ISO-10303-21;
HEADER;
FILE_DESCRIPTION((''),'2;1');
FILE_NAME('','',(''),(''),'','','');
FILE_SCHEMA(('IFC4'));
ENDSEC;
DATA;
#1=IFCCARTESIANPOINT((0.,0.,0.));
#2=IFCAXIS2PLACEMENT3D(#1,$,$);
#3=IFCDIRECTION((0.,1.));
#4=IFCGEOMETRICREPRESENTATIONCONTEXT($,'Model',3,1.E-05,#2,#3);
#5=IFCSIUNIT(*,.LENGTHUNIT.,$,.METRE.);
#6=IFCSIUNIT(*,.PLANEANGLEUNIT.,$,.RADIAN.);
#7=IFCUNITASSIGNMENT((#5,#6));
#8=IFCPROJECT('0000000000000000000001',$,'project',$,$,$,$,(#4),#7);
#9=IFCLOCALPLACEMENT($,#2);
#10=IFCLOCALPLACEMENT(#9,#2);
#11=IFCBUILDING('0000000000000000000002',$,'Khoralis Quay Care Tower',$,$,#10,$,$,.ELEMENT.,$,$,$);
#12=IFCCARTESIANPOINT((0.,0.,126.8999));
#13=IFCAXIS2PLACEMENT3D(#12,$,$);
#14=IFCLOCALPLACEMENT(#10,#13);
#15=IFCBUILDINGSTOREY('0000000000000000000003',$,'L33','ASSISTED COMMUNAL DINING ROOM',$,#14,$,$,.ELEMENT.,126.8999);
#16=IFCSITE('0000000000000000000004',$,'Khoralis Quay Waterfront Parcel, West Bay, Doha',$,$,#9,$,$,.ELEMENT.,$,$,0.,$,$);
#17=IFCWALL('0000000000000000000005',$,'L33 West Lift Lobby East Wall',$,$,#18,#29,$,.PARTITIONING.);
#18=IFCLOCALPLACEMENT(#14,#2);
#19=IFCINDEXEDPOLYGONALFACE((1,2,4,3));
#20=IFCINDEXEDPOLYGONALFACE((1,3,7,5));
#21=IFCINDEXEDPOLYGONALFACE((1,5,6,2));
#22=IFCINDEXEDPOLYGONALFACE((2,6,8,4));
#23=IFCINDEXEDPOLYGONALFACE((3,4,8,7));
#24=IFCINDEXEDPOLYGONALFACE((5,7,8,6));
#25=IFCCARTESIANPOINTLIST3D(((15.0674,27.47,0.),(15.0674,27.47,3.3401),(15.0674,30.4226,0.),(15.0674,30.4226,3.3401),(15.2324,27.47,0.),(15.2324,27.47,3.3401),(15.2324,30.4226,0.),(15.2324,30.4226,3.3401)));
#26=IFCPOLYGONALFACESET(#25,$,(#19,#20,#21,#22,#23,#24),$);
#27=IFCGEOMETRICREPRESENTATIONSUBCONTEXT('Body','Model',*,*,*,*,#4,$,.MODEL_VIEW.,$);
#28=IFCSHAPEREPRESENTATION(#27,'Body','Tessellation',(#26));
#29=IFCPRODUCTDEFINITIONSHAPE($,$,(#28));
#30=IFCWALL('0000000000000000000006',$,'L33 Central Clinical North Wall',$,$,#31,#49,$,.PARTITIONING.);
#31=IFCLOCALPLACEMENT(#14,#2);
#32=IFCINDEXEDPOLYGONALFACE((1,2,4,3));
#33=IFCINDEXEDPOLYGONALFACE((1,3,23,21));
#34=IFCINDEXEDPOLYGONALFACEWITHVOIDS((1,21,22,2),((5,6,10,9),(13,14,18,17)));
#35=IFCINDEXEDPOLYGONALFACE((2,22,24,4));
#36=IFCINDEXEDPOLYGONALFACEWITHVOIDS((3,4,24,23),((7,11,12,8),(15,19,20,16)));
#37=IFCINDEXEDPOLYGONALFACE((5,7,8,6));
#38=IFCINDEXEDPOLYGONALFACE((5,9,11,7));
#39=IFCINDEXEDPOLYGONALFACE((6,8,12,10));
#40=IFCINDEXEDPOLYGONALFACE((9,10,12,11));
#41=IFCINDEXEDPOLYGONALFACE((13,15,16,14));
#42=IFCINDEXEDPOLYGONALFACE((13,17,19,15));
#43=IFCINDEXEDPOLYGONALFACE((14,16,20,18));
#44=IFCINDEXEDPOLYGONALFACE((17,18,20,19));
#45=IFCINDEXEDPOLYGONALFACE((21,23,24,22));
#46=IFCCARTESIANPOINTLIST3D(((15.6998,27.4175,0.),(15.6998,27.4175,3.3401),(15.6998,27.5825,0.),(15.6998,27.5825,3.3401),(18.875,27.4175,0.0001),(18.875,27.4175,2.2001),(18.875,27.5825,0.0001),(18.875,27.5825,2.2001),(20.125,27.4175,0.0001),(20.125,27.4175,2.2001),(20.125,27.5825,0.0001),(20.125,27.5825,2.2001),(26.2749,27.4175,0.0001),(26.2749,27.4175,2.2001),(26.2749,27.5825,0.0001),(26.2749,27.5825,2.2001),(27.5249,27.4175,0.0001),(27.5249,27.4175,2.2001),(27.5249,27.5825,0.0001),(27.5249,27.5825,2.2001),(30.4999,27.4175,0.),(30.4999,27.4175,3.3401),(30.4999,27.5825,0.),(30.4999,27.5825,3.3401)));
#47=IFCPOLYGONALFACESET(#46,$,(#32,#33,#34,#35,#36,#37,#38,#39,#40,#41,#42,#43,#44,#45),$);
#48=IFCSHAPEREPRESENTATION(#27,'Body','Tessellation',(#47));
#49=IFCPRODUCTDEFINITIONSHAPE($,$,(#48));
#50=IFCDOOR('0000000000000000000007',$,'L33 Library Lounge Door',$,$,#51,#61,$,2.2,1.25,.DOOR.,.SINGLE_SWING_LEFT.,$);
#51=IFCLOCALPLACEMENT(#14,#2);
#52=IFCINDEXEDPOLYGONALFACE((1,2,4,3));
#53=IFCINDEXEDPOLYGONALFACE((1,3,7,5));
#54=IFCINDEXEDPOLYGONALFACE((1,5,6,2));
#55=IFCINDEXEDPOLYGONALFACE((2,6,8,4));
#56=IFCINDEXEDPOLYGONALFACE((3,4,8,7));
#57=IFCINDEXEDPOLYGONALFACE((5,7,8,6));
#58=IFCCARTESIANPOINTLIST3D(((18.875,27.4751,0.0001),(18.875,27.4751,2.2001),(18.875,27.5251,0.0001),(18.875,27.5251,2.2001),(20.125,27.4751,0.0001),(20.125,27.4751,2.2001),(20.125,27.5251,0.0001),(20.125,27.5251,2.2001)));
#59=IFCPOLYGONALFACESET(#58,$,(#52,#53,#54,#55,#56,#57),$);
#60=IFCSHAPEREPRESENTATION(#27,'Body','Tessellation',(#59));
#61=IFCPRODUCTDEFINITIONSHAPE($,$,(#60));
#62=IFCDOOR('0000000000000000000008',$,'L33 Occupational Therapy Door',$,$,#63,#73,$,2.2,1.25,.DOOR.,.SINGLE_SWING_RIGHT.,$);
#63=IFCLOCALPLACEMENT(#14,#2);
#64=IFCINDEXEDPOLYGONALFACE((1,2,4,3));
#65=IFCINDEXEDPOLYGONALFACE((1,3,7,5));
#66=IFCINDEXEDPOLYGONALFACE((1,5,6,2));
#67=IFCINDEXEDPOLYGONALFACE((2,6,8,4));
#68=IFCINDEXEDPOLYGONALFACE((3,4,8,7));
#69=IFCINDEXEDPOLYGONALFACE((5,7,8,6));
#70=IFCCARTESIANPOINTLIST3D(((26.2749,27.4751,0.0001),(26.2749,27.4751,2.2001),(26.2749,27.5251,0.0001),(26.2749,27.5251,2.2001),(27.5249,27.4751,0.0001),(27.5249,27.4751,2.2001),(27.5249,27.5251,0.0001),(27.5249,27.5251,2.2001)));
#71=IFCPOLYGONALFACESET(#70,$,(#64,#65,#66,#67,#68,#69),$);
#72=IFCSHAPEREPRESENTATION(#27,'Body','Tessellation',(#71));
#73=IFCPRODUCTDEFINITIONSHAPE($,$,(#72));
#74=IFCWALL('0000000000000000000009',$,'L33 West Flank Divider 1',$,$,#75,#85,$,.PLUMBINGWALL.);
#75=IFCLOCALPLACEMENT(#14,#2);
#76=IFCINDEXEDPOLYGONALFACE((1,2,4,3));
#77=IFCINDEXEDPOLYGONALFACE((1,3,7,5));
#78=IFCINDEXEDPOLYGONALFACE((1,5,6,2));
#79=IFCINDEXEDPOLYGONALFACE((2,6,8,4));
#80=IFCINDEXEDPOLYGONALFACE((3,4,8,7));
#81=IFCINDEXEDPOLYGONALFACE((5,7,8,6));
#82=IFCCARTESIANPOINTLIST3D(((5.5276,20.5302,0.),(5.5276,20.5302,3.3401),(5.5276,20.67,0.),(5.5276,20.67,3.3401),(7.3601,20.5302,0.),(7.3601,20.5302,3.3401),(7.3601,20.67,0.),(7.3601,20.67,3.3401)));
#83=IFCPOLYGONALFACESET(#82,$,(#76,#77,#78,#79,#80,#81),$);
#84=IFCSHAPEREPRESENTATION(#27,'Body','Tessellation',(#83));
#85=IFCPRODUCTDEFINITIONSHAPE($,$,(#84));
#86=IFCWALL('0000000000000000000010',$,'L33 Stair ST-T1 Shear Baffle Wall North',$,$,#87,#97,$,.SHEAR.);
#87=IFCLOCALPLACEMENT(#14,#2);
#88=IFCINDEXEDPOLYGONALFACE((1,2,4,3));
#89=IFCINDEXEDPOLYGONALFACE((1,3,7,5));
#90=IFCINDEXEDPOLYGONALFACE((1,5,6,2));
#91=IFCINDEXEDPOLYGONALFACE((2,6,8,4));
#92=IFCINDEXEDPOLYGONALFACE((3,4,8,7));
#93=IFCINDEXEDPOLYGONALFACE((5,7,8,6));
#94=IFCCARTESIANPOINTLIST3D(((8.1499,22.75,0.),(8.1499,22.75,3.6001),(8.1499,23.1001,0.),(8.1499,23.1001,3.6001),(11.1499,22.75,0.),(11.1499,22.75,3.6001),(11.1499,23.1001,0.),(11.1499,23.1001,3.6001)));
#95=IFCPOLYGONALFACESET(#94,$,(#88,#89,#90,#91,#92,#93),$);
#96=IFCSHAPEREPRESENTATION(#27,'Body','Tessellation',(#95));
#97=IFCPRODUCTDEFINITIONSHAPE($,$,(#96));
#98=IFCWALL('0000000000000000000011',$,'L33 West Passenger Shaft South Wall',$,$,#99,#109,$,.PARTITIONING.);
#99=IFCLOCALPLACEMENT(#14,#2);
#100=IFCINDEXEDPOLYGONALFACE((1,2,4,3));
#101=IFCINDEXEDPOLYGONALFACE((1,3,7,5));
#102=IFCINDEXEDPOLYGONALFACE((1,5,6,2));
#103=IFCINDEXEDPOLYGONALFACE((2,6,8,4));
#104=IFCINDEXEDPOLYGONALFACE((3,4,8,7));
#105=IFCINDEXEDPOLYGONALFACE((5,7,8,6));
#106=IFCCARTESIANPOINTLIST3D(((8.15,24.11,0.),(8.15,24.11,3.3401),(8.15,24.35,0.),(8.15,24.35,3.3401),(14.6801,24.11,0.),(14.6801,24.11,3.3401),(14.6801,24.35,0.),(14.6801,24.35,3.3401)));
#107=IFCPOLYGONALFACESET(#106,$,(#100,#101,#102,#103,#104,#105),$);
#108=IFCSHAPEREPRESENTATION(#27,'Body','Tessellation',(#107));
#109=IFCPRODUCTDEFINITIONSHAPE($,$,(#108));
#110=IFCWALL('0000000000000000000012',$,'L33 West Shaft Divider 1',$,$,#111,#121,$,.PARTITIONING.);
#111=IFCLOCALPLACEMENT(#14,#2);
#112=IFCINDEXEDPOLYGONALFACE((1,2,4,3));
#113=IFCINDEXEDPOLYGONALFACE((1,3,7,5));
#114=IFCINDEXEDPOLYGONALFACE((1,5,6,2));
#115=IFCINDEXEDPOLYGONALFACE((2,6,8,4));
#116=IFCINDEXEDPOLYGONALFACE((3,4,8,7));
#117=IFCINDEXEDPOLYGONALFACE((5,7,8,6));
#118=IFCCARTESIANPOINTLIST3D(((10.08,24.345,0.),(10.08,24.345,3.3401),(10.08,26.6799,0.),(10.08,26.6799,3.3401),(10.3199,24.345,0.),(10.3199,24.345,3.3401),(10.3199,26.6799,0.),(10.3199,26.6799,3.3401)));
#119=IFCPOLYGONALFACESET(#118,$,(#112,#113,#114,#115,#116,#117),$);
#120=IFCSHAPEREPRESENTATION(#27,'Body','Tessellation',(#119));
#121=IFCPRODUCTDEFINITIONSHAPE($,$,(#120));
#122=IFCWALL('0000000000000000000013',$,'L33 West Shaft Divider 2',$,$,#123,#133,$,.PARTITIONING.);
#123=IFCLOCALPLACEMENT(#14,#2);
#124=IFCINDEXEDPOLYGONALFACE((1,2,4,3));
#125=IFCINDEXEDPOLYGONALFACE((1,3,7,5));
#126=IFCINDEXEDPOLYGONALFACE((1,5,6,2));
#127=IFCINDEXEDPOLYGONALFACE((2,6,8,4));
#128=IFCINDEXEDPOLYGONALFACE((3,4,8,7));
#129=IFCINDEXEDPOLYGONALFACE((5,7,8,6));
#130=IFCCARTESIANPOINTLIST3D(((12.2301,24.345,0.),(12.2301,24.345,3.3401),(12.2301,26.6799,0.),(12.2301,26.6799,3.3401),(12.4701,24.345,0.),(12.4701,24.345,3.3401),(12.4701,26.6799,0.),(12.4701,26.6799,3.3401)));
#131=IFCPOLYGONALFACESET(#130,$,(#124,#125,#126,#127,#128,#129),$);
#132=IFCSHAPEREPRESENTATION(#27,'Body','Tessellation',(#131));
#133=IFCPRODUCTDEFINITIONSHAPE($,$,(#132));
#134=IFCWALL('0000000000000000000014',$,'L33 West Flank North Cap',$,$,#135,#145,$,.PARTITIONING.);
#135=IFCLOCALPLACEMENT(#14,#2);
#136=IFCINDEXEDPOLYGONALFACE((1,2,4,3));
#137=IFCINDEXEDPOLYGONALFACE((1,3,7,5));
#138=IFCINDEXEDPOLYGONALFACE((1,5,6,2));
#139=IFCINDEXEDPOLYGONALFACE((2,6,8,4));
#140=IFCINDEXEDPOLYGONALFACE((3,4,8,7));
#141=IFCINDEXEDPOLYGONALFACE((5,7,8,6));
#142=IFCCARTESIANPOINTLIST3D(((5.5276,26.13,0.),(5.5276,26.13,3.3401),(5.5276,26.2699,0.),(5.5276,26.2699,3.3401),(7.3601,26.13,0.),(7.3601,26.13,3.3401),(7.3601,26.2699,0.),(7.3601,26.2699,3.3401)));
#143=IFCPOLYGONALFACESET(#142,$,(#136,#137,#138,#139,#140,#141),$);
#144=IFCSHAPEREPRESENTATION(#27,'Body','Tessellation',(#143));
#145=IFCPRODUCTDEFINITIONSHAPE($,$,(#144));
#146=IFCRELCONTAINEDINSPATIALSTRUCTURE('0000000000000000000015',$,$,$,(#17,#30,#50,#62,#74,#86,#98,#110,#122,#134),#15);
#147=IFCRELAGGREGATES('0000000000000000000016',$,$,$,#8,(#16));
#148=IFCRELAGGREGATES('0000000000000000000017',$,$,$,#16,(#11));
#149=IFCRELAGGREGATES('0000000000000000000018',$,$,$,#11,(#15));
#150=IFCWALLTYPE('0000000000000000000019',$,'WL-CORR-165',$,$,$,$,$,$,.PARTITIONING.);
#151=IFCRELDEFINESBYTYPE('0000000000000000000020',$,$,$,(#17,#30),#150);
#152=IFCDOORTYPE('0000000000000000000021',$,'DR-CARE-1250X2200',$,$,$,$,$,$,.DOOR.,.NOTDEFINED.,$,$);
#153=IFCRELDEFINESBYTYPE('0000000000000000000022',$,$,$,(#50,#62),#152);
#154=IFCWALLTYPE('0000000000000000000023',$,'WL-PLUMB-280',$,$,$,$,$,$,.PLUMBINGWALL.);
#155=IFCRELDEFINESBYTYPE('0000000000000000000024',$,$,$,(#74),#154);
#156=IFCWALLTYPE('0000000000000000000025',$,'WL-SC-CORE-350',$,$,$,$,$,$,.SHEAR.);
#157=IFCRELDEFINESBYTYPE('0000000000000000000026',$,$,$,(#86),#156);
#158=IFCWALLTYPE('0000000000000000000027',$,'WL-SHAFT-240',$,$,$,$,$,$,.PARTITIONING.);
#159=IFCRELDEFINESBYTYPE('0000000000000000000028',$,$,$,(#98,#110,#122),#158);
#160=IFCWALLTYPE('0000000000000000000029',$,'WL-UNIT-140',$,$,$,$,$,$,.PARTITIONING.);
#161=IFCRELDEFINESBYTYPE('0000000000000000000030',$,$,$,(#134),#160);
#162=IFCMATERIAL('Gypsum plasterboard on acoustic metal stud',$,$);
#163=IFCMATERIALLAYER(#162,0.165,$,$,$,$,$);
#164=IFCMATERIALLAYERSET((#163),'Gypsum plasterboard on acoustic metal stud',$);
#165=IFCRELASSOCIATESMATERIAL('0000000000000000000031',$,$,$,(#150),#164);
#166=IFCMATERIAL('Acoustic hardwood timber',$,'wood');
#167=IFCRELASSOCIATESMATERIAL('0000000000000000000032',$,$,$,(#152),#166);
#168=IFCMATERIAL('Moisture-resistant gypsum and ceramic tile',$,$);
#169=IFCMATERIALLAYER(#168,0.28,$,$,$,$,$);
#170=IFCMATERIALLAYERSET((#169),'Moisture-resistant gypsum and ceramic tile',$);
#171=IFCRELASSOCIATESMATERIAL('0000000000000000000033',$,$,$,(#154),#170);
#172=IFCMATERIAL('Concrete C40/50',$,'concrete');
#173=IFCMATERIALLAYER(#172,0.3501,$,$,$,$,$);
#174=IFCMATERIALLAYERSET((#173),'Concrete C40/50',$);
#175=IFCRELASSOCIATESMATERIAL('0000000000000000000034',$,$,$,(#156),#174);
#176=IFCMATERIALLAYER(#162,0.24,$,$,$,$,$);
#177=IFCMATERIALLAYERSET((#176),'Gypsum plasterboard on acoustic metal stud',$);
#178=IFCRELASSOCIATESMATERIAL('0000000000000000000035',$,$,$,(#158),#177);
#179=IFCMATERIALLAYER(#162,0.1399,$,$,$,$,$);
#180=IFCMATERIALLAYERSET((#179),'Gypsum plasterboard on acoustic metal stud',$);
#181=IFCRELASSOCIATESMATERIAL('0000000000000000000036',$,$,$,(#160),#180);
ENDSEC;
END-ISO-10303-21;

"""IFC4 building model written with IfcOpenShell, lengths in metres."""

from ifc_helpers import new_model, si_unit, direction, frame, frame_2d, origin, place, context, subcontext, project, spatial, rectangle, extrude, source, transform, mapped, material, layer, layer_set, type_object, element, fill, save


model = new_model("IFC4")

# Units and contexts
model_context = context("Model", 3, precision=1e-05, world=origin(), true_north=direction((0.0, 1.0)))
body_context = subcontext(model_context, "Body", "Model", "MODEL_VIEW")
ifc_project = project(units=[si_unit("LENGTHUNIT", "METRE"), si_unit("PLANEANGLEUNIT", "RADIAN")], contexts=[model_context])

# Site, building, storey
site_placement = place(None, origin())
site = spatial("IfcSite", under=ifc_project, at=site_placement, Name="Khoralis Quay Waterfront Parcel, West Bay, Doha", CompositionType="ELEMENT", RefElevation=0.0)
building_placement = place(site_placement, origin())
building = spatial("IfcBuilding", under=site, at=building_placement, Name="Khoralis Quay Care Tower", CompositionType="ELEMENT")
storey_placement = place(building_placement, frame((0.0, 0.0, 126.8999)))
storey = spatial("IfcBuildingStorey", under=building, at=storey_placement, Name="L33", Description="ASSISTED COMMUNAL DINING ROOM", CompositionType="ELEMENT", Elevation=126.8999)

# Wall
ifc_material_1 = material(Name="Gypsum plasterboard on acoustic metal stud")
ifc_layer_1 = layer(ifc_material_1, 0.165)
ifc_layer_set_1 = layer_set([ifc_layer_1], Name="Gypsum plasterboard on acoustic metal stud")
wall_type_1 = type_object("IfcWallType", Name="WL-CORR-165", PredefinedType="PARTITIONING", material=ifc_layer_set_1)
for number, where, z_axis, x_axis, name in (
    (1, (15.1499, 27.47, 0.0), (0.0, 0.0, 1.0), (0.0, 1.0, 0.0), "L33 West Lift Lobby East Wall"),
):
    element("IfcWall", number, at=place(storey_placement, frame(where, z_axis=z_axis, x_axis=x_axis)), inside=storey, type_object=wall_type_1, Name=name, PredefinedType="PARTITIONING", context=body_context, shape_type="SweptSolid", body=[
        extrude(rectangle(XDim=2.9526, YDim=0.165, at=frame_2d((1.4763, 0.0))), origin(), (0.0, 0.0, 1.0), 3.3401),
    ])

# Wall, openings, doors
wall_1_placement = place(storey_placement, frame((15.7, 27.5, 0.0), z_axis=(0.0, 0.0, 1.0), x_axis=(1.0, 0.0, 0.0)))
wall_1 = element("IfcWall", 2, at=wall_1_placement, inside=storey, type_object=wall_type_1, Name="L33 Central Clinical North Wall", PredefinedType="PARTITIONING", context=body_context, shape_type="SweptSolid", body=[
    extrude(rectangle(XDim=14.8, YDim=0.165, at=frame_2d((7.3999, 0.0))), origin(), (0.0, 0.0, 1.0), 3.3401),
])
opening_1_placement = place(wall_1_placement, frame((3.175, 0.0, 0.0)))
opening_1 = element("IfcOpeningElement", 3, at=opening_1_placement, cuts=wall_1, PredefinedType="OPENING", context=body_context, shape_type="SweptSolid", body=[
    extrude(rectangle(XDim=1.25, YDim=2.2, at=frame_2d((0.625, 1.1001))), frame((0.0, 0.0925, 0.0), z_axis=(0.0, -1.0, 0.0), x_axis=(1.0, 0.0, 0.0)), (0.0, 0.0, 1.0), 0.1851),
])
opening_2_placement = place(wall_1_placement, frame((10.575, 0.0, 0.0)))
opening_2 = element("IfcOpeningElement", 4, at=opening_2_placement, cuts=wall_1, PredefinedType="OPENING", context=body_context, shape_type="SweptSolid", body=[
    extrude(rectangle(XDim=1.25, YDim=2.2, at=frame_2d((0.625, 1.1001))), frame((0.0, 0.0925, 0.0), z_axis=(0.0, -1.0, 0.0), x_axis=(1.0, 0.0, 0.0)), (0.0, 0.0, 1.0), 0.1851),
])
ifc_material_2 = material(Name="Acoustic hardwood timber", Category="wood")
door_type_1 = type_object("IfcDoorType", Name="DR-CARE-1250X2200", OperationType="NOTDEFINED", PredefinedType="DOOR", material=ifc_material_2)
shared_shape_1 = source(origin(), body_context, "Body", "SweptSolid", [
    extrude(rectangle(XDim=1.25, YDim=2.2, at=frame_2d((0.625, 1.1001))), frame((0.0, 0.0249, 0.0), z_axis=(0.0, -1.0, 0.0), x_axis=(1.0, 0.0, 0.0)), (0.0, 0.0, 1.0), 0.05),
])
door_1_placement = place(opening_1_placement, frame((1.25, 0.0, 0.0), z_axis=(0.0, 0.0, 1.0), x_axis=(-1.0, 0.0, 0.0)))
door_1 = element("IfcDoor", 5, at=door_1_placement, inside=storey, type_object=door_type_1, Name="L33 Library Lounge Door", OperationType="SINGLE_SWING_LEFT", OverallHeight=2.2, OverallWidth=1.25, PredefinedType="DOOR", context=body_context, shape_type="MappedRepresentation", body=[
    mapped(shared_shape_1, transform((0.0, 0.0, 0.0), scale=1.0)),
])
fill(opening_1, door_1)
door_2_placement = place(opening_2_placement, frame((1.25, 0.0, 0.0), z_axis=(0.0, 0.0, 1.0), x_axis=(-1.0, 0.0, 0.0)))
door_2 = element("IfcDoor", 6, at=door_2_placement, inside=storey, type_object=door_type_1, Name="L33 Occupational Therapy Door", OperationType="SINGLE_SWING_RIGHT", OverallHeight=2.2, OverallWidth=1.25, PredefinedType="DOOR", context=body_context, shape_type="MappedRepresentation", body=[
    mapped(shared_shape_1, transform((0.0, 0.0, 0.0), scale=1.0)),
])
fill(opening_2, door_2)

# Walls
ifc_material_3 = material(Name="Moisture-resistant gypsum and ceramic tile")
ifc_layer_2 = layer(ifc_material_3, 0.28)
ifc_layer_set_2 = layer_set([ifc_layer_2], Name="Moisture-resistant gypsum and ceramic tile")
wall_type_2 = type_object("IfcWallType", Name="WL-PLUMB-280", PredefinedType="PLUMBINGWALL", material=ifc_layer_set_2)
wall_2_placement = place(storey_placement, frame((5.5276, 20.6001, 0.0), z_axis=(0.0, 0.0, 1.0), x_axis=(1.0, 0.0, 0.0)))
element("IfcWall", 7, at=wall_2_placement, inside=storey, type_object=wall_type_2, Name="L33 West Flank Divider 1", PredefinedType="PLUMBINGWALL", context=body_context, shape_type="SweptSolid", body=[
    extrude(rectangle(XDim=1.8325, YDim=0.1399, at=frame_2d((0.9163, 0.0))), origin(), (0.0, 0.0, 1.0), 3.3401),
])
ifc_material_4 = material(Name="Concrete C40/50", Category="concrete")
ifc_layer_3 = layer(ifc_material_4, 0.3501)
ifc_layer_set_3 = layer_set([ifc_layer_3], Name="Concrete C40/50")
wall_type_3 = type_object("IfcWallType", Name="WL-SC-CORE-350", PredefinedType="SHEAR", material=ifc_layer_set_3)
wall_3_placement = place(storey_placement, frame((8.1499, 22.925, 0.0), z_axis=(0.0, 0.0, 1.0), x_axis=(1.0, 0.0, 0.0)))
element("IfcWall", 8, at=wall_3_placement, inside=storey, type_object=wall_type_3, Name="L33 Stair ST-T1 Shear Baffle Wall North", PredefinedType="SHEAR", context=body_context, shape_type="SweptSolid", body=[
    extrude(rectangle(XDim=3.0, YDim=0.3501, at=frame_2d((1.5, 0.0))), origin(), (0.0, 0.0, 1.0), 3.6001),
])
ifc_layer_4 = layer(ifc_material_1, 0.24)
ifc_layer_set_4 = layer_set([ifc_layer_4], Name="Gypsum plasterboard on acoustic metal stud")
wall_type_4 = type_object("IfcWallType", Name="WL-SHAFT-240", PredefinedType="PARTITIONING", material=ifc_layer_set_4)
wall_4_placement = place(storey_placement, frame((8.1499, 24.23, 0.0), z_axis=(0.0, 0.0, 1.0), x_axis=(1.0, 0.0, 0.0)))
element("IfcWall", 9, at=wall_4_placement, inside=storey, type_object=wall_type_4, Name="L33 West Passenger Shaft South Wall", PredefinedType="PARTITIONING", context=body_context, shape_type="SweptSolid", body=[
    extrude(rectangle(XDim=6.53, YDim=0.24, at=frame_2d((3.2651, 0.0))), origin(), (0.0, 0.0, 1.0), 3.3401),
])
for number, where, z_axis, x_axis, name in (
    (10, (10.2, 24.345, 0.0), (0.0, 0.0, 1.0), (0.0, 1.0, 0.0), "L33 West Shaft Divider 1"),
    (11, (12.3501, 24.345, 0.0), (0.0, 0.0, 1.0), (0.0, 1.0, 0.0), "L33 West Shaft Divider 2"),
):
    element("IfcWall", number, at=place(storey_placement, frame(where, z_axis=z_axis, x_axis=x_axis)), inside=storey, type_object=wall_type_4, Name=name, PredefinedType="PARTITIONING", context=body_context, shape_type="SweptSolid", body=[
        extrude(rectangle(XDim=2.335, YDim=0.24, at=frame_2d((1.1675, 0.0))), origin(), (0.0, 0.0, 1.0), 3.3401),
    ])
ifc_layer_5 = layer(ifc_material_1, 0.1399)
ifc_layer_set_5 = layer_set([ifc_layer_5], Name="Gypsum plasterboard on acoustic metal stud")
wall_type_5 = type_object("IfcWallType", Name="WL-UNIT-140", PredefinedType="PARTITIONING", material=ifc_layer_set_5)
wall_5_placement = place(storey_placement, frame((5.5276, 26.2, 0.0), z_axis=(0.0, 0.0, 1.0), x_axis=(1.0, 0.0, 0.0)))
element("IfcWall", 12, at=wall_5_placement, inside=storey, type_object=wall_type_5, Name="L33 West Flank North Cap", PredefinedType="PARTITIONING", context=body_context, shape_type="SweptSolid", body=[
    extrude(rectangle(XDim=1.8325, YDim=0.1399, at=frame_2d((0.9163, 0.0))), origin(), (0.0, 0.0, 1.0), 3.3401),
])

save(model, "model.ifc")
